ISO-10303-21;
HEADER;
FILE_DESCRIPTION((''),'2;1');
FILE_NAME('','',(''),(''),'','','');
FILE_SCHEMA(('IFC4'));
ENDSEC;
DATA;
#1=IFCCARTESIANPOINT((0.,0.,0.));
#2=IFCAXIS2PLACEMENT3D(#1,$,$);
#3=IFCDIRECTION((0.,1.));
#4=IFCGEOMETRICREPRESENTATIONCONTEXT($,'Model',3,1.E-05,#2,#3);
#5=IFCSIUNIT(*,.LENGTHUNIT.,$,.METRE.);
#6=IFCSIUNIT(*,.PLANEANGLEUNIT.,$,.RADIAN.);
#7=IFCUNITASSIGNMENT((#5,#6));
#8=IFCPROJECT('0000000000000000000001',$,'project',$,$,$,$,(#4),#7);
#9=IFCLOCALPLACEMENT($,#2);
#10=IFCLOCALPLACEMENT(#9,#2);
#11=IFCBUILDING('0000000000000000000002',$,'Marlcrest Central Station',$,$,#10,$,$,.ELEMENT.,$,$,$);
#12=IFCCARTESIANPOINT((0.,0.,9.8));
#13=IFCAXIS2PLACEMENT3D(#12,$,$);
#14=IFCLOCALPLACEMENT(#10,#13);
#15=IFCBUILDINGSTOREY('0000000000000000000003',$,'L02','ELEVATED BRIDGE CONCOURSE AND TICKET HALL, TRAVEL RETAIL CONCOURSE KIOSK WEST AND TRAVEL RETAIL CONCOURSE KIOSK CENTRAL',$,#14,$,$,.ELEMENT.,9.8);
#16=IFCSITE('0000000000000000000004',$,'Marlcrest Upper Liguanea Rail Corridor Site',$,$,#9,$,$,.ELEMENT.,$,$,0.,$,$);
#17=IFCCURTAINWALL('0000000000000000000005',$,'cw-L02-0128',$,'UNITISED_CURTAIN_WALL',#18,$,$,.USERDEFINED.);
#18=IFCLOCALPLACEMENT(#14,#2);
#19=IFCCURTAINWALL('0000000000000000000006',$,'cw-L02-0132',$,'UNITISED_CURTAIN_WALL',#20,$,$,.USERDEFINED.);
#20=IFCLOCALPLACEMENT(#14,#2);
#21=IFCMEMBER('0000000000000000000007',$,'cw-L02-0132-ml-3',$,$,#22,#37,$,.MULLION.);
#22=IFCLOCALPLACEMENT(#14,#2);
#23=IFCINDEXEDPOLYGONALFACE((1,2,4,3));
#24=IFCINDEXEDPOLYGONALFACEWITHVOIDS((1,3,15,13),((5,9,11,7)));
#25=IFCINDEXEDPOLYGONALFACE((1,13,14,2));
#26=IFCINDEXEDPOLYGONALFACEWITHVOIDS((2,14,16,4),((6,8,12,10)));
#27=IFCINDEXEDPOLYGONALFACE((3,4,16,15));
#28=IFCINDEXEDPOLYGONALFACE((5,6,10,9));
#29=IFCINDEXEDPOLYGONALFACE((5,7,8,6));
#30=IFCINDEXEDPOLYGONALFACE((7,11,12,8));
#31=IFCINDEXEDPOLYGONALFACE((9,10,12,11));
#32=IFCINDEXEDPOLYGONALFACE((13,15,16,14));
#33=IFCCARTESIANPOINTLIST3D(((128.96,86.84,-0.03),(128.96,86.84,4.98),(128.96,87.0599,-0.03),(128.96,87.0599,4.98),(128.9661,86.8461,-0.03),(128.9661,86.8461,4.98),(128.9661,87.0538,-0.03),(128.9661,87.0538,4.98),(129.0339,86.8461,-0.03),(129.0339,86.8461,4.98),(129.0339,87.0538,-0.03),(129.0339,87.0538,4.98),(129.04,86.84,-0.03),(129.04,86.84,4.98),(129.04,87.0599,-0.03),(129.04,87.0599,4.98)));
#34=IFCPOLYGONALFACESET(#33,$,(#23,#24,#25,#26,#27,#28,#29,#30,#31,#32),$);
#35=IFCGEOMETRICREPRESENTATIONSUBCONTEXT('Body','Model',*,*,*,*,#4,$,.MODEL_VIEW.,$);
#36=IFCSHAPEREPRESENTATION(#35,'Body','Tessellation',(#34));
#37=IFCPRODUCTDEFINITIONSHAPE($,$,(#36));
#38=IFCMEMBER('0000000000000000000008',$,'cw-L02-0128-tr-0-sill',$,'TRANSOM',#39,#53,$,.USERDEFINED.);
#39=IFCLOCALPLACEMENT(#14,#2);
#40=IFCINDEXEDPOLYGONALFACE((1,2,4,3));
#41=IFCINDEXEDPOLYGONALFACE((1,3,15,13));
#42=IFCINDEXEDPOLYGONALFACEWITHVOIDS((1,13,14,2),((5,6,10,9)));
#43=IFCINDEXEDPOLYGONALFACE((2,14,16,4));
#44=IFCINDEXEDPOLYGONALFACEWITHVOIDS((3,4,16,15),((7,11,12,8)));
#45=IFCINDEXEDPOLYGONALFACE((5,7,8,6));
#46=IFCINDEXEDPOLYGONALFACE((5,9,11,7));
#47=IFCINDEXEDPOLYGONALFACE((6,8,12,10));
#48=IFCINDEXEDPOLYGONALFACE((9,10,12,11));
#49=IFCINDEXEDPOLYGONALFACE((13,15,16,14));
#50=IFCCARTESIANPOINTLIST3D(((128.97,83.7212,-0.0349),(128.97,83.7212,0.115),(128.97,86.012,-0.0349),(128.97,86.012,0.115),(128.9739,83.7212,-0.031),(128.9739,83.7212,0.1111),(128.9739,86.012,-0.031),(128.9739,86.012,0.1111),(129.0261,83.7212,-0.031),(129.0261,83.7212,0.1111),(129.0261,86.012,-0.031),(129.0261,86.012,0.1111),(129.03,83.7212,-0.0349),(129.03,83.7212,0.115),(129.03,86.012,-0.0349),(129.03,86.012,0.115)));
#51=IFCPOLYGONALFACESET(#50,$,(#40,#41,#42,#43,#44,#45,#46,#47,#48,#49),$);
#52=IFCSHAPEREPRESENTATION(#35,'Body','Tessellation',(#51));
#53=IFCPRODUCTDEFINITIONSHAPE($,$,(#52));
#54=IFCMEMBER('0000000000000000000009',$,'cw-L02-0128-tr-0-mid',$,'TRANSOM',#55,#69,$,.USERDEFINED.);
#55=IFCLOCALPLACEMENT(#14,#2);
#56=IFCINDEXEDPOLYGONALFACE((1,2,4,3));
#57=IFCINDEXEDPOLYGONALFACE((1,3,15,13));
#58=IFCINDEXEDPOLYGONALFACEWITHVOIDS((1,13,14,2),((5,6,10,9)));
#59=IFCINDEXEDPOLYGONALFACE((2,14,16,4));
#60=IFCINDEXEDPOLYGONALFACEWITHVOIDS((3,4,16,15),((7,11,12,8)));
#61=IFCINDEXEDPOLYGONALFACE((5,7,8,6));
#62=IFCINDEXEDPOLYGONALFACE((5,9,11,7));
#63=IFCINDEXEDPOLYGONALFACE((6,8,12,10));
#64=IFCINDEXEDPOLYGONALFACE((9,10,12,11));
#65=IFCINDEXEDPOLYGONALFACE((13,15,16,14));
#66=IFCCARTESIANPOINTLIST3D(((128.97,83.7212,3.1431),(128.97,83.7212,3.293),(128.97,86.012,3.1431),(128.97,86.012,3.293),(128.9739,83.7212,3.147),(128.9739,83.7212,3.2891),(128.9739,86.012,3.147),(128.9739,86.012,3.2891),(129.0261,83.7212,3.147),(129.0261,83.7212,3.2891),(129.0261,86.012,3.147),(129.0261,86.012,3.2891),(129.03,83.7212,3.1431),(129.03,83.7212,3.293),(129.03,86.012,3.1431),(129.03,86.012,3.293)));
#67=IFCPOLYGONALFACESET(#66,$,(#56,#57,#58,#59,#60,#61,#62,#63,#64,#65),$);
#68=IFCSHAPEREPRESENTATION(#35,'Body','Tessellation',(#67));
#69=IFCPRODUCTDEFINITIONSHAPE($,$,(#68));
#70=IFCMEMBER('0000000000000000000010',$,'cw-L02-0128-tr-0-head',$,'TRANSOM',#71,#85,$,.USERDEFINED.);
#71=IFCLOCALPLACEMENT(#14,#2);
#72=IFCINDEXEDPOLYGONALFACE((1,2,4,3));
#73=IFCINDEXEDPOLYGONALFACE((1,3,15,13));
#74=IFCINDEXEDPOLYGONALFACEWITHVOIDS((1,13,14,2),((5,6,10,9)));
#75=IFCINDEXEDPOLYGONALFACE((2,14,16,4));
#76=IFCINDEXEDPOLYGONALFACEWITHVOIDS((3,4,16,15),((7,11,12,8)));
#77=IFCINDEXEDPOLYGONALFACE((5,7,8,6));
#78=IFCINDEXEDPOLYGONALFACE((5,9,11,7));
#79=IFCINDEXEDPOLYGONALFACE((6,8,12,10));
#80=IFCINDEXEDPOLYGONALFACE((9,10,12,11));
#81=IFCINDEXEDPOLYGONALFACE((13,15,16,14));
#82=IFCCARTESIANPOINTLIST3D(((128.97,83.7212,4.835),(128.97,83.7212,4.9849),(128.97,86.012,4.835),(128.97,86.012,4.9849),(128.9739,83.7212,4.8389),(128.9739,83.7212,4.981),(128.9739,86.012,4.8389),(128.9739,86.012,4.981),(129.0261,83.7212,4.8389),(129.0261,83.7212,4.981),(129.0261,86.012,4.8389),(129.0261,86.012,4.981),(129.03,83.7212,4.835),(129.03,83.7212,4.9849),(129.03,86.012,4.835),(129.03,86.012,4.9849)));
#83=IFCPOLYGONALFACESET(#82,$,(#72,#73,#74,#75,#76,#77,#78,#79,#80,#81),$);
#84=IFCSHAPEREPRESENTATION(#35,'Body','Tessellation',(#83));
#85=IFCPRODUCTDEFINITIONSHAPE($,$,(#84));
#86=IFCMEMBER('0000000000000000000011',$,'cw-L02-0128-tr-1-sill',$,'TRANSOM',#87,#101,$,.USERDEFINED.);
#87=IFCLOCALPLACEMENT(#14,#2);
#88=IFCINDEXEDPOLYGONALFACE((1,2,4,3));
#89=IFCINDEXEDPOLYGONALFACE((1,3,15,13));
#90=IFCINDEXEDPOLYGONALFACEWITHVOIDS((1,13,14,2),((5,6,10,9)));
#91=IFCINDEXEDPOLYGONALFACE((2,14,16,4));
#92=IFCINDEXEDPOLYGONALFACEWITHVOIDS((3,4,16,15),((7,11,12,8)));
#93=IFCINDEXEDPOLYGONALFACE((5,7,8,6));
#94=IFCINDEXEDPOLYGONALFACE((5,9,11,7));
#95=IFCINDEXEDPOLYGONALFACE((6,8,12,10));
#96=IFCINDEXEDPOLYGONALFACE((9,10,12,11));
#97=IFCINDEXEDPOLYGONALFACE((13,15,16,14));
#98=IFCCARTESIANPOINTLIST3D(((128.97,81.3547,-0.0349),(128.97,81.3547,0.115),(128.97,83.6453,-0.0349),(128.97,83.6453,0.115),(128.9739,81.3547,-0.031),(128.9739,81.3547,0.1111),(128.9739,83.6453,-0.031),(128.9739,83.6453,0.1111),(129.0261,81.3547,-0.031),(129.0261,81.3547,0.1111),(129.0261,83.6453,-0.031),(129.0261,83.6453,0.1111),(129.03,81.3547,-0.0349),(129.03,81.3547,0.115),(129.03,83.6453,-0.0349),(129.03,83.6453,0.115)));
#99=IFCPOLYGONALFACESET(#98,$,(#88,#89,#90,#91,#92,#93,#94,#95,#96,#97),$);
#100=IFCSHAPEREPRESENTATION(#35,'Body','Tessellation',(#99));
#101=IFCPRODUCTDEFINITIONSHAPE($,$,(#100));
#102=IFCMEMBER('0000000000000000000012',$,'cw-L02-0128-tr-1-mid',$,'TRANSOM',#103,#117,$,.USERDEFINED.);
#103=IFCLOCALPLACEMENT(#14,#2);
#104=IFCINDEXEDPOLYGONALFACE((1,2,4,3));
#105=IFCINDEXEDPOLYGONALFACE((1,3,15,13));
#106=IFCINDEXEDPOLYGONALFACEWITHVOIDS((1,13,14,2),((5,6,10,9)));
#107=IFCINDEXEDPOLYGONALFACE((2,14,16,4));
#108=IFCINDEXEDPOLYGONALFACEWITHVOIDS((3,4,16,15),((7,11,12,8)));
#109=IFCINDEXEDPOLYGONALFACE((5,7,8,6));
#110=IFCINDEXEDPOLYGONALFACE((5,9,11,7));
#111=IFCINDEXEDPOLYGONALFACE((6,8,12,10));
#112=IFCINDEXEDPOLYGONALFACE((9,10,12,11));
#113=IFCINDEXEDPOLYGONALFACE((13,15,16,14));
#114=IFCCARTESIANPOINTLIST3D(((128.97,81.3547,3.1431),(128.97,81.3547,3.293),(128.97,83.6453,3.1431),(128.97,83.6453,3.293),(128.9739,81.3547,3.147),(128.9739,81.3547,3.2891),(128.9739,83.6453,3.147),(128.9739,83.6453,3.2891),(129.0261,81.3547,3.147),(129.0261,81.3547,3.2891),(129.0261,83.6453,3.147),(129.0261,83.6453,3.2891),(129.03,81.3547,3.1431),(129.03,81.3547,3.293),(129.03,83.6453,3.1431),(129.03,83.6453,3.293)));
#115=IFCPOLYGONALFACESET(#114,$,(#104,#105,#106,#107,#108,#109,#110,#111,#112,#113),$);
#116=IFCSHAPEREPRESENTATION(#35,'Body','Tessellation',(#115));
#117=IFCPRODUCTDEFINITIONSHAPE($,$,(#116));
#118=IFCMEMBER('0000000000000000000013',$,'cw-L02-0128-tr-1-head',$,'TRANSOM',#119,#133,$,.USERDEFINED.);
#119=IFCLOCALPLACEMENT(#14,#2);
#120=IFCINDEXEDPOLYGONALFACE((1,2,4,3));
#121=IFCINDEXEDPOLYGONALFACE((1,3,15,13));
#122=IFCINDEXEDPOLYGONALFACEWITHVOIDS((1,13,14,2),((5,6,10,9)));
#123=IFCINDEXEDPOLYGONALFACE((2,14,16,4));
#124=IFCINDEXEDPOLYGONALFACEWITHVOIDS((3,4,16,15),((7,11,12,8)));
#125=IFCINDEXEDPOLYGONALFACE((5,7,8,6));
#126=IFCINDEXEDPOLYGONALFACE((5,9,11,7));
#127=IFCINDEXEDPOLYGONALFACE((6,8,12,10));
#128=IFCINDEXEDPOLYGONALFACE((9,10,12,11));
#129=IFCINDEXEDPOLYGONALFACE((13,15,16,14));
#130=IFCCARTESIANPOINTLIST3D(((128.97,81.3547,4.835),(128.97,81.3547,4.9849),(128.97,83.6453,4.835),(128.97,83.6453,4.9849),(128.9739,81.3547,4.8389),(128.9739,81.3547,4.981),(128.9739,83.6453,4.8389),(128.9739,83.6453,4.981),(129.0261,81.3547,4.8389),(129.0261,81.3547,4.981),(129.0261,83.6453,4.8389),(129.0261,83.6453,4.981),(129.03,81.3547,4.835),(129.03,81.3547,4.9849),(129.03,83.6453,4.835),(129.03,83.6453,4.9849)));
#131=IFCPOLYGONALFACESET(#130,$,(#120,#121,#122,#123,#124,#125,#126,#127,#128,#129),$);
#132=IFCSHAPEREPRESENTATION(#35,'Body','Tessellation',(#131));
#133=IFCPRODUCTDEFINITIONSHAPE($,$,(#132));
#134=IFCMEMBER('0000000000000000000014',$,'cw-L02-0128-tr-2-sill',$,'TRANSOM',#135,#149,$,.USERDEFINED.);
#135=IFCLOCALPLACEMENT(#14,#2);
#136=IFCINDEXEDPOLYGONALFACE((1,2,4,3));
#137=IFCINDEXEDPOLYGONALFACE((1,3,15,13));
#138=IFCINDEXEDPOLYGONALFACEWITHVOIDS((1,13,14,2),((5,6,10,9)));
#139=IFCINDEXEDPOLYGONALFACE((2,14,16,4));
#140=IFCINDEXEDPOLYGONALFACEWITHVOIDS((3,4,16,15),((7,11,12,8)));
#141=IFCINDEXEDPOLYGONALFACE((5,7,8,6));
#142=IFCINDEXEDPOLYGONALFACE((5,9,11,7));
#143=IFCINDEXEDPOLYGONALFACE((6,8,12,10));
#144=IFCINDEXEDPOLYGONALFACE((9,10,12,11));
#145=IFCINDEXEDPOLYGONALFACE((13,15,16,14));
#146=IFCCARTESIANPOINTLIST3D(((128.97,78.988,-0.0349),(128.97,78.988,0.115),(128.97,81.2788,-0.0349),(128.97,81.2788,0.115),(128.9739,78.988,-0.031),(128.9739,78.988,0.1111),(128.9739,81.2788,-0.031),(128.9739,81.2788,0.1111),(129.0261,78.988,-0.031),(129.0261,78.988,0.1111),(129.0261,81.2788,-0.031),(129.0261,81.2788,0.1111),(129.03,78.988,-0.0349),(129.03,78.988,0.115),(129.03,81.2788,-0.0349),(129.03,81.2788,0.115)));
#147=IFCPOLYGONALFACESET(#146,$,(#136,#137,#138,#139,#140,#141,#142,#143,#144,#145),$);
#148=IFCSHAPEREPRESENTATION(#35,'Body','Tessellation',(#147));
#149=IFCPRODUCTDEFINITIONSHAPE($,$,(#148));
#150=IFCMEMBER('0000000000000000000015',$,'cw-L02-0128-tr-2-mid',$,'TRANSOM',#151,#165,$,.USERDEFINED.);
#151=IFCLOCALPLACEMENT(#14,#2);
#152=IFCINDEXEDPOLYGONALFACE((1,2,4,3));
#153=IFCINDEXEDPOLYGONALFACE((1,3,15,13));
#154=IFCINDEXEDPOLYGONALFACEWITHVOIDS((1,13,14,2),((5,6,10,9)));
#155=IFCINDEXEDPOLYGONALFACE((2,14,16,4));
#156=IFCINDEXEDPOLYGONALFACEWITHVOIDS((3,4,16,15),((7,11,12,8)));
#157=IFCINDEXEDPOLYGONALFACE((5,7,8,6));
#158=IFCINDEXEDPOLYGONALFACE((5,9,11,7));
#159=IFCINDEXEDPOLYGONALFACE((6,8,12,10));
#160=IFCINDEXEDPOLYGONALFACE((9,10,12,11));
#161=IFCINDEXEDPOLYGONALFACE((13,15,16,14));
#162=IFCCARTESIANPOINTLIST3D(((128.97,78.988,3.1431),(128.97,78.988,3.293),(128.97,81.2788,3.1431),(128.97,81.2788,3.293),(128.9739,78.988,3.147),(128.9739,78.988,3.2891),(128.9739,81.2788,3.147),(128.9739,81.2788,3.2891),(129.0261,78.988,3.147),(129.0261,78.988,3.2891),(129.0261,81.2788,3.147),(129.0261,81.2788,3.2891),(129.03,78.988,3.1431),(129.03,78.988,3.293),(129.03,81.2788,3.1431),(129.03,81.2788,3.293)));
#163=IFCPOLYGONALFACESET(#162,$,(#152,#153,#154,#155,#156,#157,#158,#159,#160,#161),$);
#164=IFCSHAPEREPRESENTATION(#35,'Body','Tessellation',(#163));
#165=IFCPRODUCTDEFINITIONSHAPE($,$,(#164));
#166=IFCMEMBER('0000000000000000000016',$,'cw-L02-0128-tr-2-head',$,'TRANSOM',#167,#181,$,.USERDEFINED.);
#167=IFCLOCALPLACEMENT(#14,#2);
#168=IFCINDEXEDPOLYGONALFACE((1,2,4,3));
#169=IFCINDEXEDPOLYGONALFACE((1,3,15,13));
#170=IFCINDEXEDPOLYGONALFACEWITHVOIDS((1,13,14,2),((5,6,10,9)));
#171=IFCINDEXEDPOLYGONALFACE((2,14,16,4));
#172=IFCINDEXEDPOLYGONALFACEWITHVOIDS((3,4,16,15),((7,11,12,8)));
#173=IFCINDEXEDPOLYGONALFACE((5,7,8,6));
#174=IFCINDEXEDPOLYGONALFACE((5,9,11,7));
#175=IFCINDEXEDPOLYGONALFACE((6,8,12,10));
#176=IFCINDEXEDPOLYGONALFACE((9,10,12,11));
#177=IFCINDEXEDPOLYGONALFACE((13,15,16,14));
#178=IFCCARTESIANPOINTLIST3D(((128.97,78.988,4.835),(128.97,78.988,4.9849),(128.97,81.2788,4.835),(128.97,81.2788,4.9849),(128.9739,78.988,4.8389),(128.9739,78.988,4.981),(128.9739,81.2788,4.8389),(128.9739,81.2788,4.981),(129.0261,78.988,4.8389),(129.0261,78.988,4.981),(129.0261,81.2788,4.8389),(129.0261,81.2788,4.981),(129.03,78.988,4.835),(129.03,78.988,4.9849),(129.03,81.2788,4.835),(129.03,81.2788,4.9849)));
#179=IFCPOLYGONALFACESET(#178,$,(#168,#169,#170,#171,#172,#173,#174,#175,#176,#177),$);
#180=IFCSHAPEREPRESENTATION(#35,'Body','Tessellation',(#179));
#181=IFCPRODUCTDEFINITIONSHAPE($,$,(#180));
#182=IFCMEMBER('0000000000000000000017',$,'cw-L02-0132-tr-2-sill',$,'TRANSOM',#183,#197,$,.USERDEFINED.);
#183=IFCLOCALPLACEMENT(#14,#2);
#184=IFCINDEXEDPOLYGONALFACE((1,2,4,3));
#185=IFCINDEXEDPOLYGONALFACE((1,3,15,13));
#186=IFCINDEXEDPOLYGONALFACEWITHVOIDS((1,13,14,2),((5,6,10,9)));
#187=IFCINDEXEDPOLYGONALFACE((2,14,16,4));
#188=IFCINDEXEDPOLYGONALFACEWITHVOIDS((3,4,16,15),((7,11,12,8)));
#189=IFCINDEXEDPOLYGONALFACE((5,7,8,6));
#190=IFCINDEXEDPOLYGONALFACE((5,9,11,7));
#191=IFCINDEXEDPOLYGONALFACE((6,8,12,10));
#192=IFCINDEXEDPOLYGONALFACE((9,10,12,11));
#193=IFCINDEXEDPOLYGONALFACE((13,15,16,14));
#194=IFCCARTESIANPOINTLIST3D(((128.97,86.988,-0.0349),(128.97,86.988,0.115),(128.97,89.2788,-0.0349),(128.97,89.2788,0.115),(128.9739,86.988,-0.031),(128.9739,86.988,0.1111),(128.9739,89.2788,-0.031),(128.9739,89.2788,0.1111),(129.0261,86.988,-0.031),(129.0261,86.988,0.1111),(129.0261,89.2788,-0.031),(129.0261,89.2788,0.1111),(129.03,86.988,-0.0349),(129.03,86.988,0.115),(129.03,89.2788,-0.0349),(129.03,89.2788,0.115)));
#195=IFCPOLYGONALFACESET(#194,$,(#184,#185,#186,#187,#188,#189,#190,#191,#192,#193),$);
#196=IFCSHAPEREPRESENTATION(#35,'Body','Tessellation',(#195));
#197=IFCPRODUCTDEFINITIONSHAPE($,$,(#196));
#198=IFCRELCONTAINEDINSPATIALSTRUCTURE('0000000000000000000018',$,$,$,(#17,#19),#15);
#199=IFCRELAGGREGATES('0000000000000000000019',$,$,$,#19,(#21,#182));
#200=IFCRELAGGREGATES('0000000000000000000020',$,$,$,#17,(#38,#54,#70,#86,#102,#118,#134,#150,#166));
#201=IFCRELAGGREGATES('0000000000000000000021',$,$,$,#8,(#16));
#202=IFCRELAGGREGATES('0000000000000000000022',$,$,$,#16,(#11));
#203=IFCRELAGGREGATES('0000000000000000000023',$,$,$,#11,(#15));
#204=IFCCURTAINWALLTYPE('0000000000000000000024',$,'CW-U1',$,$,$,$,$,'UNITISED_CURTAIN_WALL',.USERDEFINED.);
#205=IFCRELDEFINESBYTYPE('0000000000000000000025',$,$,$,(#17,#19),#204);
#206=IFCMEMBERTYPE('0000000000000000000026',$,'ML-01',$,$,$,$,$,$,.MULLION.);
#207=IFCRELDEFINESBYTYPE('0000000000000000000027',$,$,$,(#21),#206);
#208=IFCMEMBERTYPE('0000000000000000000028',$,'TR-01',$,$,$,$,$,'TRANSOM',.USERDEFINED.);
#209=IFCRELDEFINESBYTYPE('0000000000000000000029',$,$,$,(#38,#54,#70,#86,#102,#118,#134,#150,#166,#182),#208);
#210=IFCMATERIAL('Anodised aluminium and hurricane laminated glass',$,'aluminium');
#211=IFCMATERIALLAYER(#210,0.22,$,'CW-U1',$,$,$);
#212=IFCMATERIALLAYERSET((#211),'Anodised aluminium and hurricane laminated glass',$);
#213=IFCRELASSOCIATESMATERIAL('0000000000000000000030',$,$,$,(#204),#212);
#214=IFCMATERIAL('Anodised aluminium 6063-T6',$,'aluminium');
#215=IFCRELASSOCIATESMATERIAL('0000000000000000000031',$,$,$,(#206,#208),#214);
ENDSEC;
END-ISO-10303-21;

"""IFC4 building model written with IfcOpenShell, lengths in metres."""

from ifc_helpers import new_model, si_unit, direction, frame, origin, origin_2d, place, context, subcontext, project, spatial, hollow_rectangle, extrude, material, layer, layer_set, material_profile, profile_set, type_object, element, aggregate, save


model = new_model("IFC4")

# Units and contexts
model_context = context("Model", 3, precision=1e-05, world=origin(), true_north=direction((0.0, 1.0)))
body_context = subcontext(model_context, "Body", "Model", "MODEL_VIEW")
ifc_project = project(units=[si_unit("LENGTHUNIT", "METRE"), si_unit("PLANEANGLEUNIT", "RADIAN")], contexts=[model_context])

# Site, building, storey
site_placement = place(None, origin())
site = spatial("IfcSite", under=ifc_project, at=site_placement, Name="Marlcrest Upper Liguanea Rail Corridor Site", CompositionType="ELEMENT", RefElevation=0.0)
building_placement = place(site_placement, origin())
building = spatial("IfcBuilding", under=site, at=building_placement, Name="Marlcrest Central Station", CompositionType="ELEMENT")
storey_placement = place(building_placement, frame((0.0, 0.0, 9.8)))
storey = spatial("IfcBuildingStorey", under=building, at=storey_placement, Name="L02", Description="ELEVATED BRIDGE CONCOURSE AND TICKET HALL, TRAVEL RETAIL CONCOURSE KIOSK WEST AND TRAVEL RETAIL CONCOURSE KIOSK CENTRAL", CompositionType="ELEMENT", Elevation=9.8)

# Curtain wall
ifc_material_1 = material(Name="Anodised aluminium and hurricane laminated glass", Category="aluminium")
ifc_layer_1 = layer(ifc_material_1, 0.22, Name="CW-U1")
ifc_layer_set_1 = layer_set([ifc_layer_1], Name="Anodised aluminium and hurricane laminated glass")
curtain_wall_type = type_object("IfcCurtainWallType", Name="CW-U1", ElementType="UNITISED_CURTAIN_WALL", PredefinedType="USERDEFINED", material=ifc_layer_set_1)
curtain_wall_1_placement = place(storey_placement, origin())
curtain_wall_1 = element("IfcCurtainWall", 1, at=curtain_wall_1_placement, inside=storey, type_object=curtain_wall_type, Name="cw-L02-0128", ObjectType="UNITISED_CURTAIN_WALL", PredefinedType="USERDEFINED")
ifc_material_2 = material(Name="Anodised aluminium 6063-T6", Category="aluminium")
ifc_material_profile_1 = material_profile(ifc_material_2, hollow_rectangle(XDim=0.0801, YDim=0.22, WallThickness=0.0061, at=origin_2d()), Name="AA-RHS 220x80x6")
ifc_profile_set_1 = profile_set([ifc_material_profile_1], Name="Anodised aluminium 6063-T6")
member_type_1 = type_object("IfcMemberType", Name="ML-01", PredefinedType="MULLION", material=ifc_profile_set_1)

# Curtain wall, member
curtain_wall_2_placement = place(storey_placement, origin())
curtain_wall_2 = element("IfcCurtainWall", 2, at=curtain_wall_2_placement, inside=storey, type_object=curtain_wall_type, Name="cw-L02-0132", ObjectType="UNITISED_CURTAIN_WALL", PredefinedType="USERDEFINED")
member_1_placement = place(storey_placement, frame((129.0, 86.95, -0.03), z_axis=(0.0, 0.0, 1.0), x_axis=(1.0, 0.0, 0.0)))
member_1 = element("IfcMember", 3, at=member_1_placement, type_object=member_type_1, Name="cw-L02-0132-ml-3", PredefinedType="MULLION", context=body_context, shape_type="SweptSolid", body=[
    extrude(hollow_rectangle(XDim=0.0801, YDim=0.22, WallThickness=0.0061, at=origin_2d()), origin(), (0.0, 0.0, 1.0), 5.01),
])

# Members
ifc_material_profile_2 = material_profile(ifc_material_2, hollow_rectangle(XDim=0.0601, YDim=0.1499, WallThickness=0.0039, at=origin_2d()), Name="AA-RHS 150x60x4")
ifc_profile_set_2 = profile_set([ifc_material_profile_2], Name="Anodised aluminium 6063-T6")
member_type_2 = type_object("IfcMemberType", Name="TR-01", ElementType="TRANSOM", PredefinedType="USERDEFINED", material=ifc_profile_set_2)
member_2_placement = place(storey_placement, frame((129.0, 86.012, 0.04), z_axis=(0.0, -1.0, 0.0), x_axis=(1.0, 0.0, 0.0)))
member_2 = element("IfcMember", 4, at=member_2_placement, type_object=member_type_2, Name="cw-L02-0128-tr-0-sill", ObjectType="TRANSOM", PredefinedType="USERDEFINED", context=body_context, shape_type="SweptSolid", body=[
    extrude(hollow_rectangle(XDim=0.0601, YDim=0.1499, WallThickness=0.0039, at=origin_2d()), origin(), (0.0, 0.0, 1.0), 2.2908),
])
member_3_placement = place(storey_placement, frame((129.0, 86.012, 3.218), z_axis=(0.0, -1.0, 0.0), x_axis=(1.0, 0.0, 0.0)))
member_3 = element("IfcMember", 5, at=member_3_placement, type_object=member_type_2, Name="cw-L02-0128-tr-0-mid", ObjectType="TRANSOM", PredefinedType="USERDEFINED", context=body_context, shape_type="SweptSolid", body=[
    extrude(hollow_rectangle(XDim=0.0601, YDim=0.1499, WallThickness=0.0039, at=origin_2d()), origin(), (0.0, 0.0, 1.0), 2.2908),
])
member_4_placement = place(storey_placement, frame((129.0, 86.012, 4.9099), z_axis=(0.0, -1.0, 0.0), x_axis=(1.0, 0.0, 0.0)))
member_4 = element("IfcMember", 6, at=member_4_placement, type_object=member_type_2, Name="cw-L02-0128-tr-0-head", ObjectType="TRANSOM", PredefinedType="USERDEFINED", context=body_context, shape_type="SweptSolid", body=[
    extrude(hollow_rectangle(XDim=0.0601, YDim=0.1499, WallThickness=0.0039, at=origin_2d()), origin(), (0.0, 0.0, 1.0), 2.2908),
])
member_5_placement = place(storey_placement, frame((129.0, 83.6453, 0.04), z_axis=(0.0, -1.0, 0.0), x_axis=(1.0, 0.0, 0.0)))
member_5 = element("IfcMember", 7, at=member_5_placement, type_object=member_type_2, Name="cw-L02-0128-tr-1-sill", ObjectType="TRANSOM", PredefinedType="USERDEFINED", context=body_context, shape_type="SweptSolid", body=[
    extrude(hollow_rectangle(XDim=0.0601, YDim=0.1499, WallThickness=0.0039, at=origin_2d()), origin(), (0.0, 0.0, 1.0), 2.2905),
])
member_6_placement = place(storey_placement, frame((129.0, 83.6453, 3.218), z_axis=(0.0, -1.0, 0.0), x_axis=(1.0, 0.0, 0.0)))
member_6 = element("IfcMember", 8, at=member_6_placement, type_object=member_type_2, Name="cw-L02-0128-tr-1-mid", ObjectType="TRANSOM", PredefinedType="USERDEFINED", context=body_context, shape_type="SweptSolid", body=[
    extrude(hollow_rectangle(XDim=0.0601, YDim=0.1499, WallThickness=0.0039, at=origin_2d()), origin(), (0.0, 0.0, 1.0), 2.2905),
])
member_7_placement = place(storey_placement, frame((129.0, 83.6453, 4.9099), z_axis=(0.0, -1.0, 0.0), x_axis=(1.0, 0.0, 0.0)))
member_7 = element("IfcMember", 9, at=member_7_placement, type_object=member_type_2, Name="cw-L02-0128-tr-1-head", ObjectType="TRANSOM", PredefinedType="USERDEFINED", context=body_context, shape_type="SweptSolid", body=[
    extrude(hollow_rectangle(XDim=0.0601, YDim=0.1499, WallThickness=0.0039, at=origin_2d()), origin(), (0.0, 0.0, 1.0), 2.2905),
])
member_8_placement = place(storey_placement, frame((129.0, 81.2788, 0.04), z_axis=(0.0, -1.0, 0.0), x_axis=(1.0, 0.0, 0.0)))
member_8 = element("IfcMember", 10, at=member_8_placement, type_object=member_type_2, Name="cw-L02-0128-tr-2-sill", ObjectType="TRANSOM", PredefinedType="USERDEFINED", context=body_context, shape_type="SweptSolid", body=[
    extrude(hollow_rectangle(XDim=0.0601, YDim=0.1499, WallThickness=0.0039, at=origin_2d()), origin(), (0.0, 0.0, 1.0), 2.2908),
])
member_9_placement = place(storey_placement, frame((129.0, 81.2788, 3.218), z_axis=(0.0, -1.0, 0.0), x_axis=(1.0, 0.0, 0.0)))
member_9 = element("IfcMember", 11, at=member_9_placement, type_object=member_type_2, Name="cw-L02-0128-tr-2-mid", ObjectType="TRANSOM", PredefinedType="USERDEFINED", context=body_context, shape_type="SweptSolid", body=[
    extrude(hollow_rectangle(XDim=0.0601, YDim=0.1499, WallThickness=0.0039, at=origin_2d()), origin(), (0.0, 0.0, 1.0), 2.2908),
])
member_10_placement = place(storey_placement, frame((129.0, 81.2788, 4.9099), z_axis=(0.0, -1.0, 0.0), x_axis=(1.0, 0.0, 0.0)))
member_10 = element("IfcMember", 12, at=member_10_placement, type_object=member_type_2, Name="cw-L02-0128-tr-2-head", ObjectType="TRANSOM", PredefinedType="USERDEFINED", context=body_context, shape_type="SweptSolid", body=[
    extrude(hollow_rectangle(XDim=0.0601, YDim=0.1499, WallThickness=0.0039, at=origin_2d()), origin(), (0.0, 0.0, 1.0), 2.2908),
])
member_11_placement = place(storey_placement, frame((129.0, 89.2788, 0.04), z_axis=(0.0, -1.0, 0.0), x_axis=(1.0, 0.0, 0.0)))
member_11 = element("IfcMember", 13, at=member_11_placement, type_object=member_type_2, Name="cw-L02-0132-tr-2-sill", ObjectType="TRANSOM", PredefinedType="USERDEFINED", context=body_context, shape_type="SweptSolid", body=[
    extrude(hollow_rectangle(XDim=0.0601, YDim=0.1499, WallThickness=0.0039, at=origin_2d()), origin(), (0.0, 0.0, 1.0), 2.2908),
])

aggregate(curtain_wall_2, [member_1, member_11])
aggregate(curtain_wall_1, [member_2, member_3, member_4, member_5, member_6, member_7, member_8, member_9, member_10])

save(model, "model.ifc")
